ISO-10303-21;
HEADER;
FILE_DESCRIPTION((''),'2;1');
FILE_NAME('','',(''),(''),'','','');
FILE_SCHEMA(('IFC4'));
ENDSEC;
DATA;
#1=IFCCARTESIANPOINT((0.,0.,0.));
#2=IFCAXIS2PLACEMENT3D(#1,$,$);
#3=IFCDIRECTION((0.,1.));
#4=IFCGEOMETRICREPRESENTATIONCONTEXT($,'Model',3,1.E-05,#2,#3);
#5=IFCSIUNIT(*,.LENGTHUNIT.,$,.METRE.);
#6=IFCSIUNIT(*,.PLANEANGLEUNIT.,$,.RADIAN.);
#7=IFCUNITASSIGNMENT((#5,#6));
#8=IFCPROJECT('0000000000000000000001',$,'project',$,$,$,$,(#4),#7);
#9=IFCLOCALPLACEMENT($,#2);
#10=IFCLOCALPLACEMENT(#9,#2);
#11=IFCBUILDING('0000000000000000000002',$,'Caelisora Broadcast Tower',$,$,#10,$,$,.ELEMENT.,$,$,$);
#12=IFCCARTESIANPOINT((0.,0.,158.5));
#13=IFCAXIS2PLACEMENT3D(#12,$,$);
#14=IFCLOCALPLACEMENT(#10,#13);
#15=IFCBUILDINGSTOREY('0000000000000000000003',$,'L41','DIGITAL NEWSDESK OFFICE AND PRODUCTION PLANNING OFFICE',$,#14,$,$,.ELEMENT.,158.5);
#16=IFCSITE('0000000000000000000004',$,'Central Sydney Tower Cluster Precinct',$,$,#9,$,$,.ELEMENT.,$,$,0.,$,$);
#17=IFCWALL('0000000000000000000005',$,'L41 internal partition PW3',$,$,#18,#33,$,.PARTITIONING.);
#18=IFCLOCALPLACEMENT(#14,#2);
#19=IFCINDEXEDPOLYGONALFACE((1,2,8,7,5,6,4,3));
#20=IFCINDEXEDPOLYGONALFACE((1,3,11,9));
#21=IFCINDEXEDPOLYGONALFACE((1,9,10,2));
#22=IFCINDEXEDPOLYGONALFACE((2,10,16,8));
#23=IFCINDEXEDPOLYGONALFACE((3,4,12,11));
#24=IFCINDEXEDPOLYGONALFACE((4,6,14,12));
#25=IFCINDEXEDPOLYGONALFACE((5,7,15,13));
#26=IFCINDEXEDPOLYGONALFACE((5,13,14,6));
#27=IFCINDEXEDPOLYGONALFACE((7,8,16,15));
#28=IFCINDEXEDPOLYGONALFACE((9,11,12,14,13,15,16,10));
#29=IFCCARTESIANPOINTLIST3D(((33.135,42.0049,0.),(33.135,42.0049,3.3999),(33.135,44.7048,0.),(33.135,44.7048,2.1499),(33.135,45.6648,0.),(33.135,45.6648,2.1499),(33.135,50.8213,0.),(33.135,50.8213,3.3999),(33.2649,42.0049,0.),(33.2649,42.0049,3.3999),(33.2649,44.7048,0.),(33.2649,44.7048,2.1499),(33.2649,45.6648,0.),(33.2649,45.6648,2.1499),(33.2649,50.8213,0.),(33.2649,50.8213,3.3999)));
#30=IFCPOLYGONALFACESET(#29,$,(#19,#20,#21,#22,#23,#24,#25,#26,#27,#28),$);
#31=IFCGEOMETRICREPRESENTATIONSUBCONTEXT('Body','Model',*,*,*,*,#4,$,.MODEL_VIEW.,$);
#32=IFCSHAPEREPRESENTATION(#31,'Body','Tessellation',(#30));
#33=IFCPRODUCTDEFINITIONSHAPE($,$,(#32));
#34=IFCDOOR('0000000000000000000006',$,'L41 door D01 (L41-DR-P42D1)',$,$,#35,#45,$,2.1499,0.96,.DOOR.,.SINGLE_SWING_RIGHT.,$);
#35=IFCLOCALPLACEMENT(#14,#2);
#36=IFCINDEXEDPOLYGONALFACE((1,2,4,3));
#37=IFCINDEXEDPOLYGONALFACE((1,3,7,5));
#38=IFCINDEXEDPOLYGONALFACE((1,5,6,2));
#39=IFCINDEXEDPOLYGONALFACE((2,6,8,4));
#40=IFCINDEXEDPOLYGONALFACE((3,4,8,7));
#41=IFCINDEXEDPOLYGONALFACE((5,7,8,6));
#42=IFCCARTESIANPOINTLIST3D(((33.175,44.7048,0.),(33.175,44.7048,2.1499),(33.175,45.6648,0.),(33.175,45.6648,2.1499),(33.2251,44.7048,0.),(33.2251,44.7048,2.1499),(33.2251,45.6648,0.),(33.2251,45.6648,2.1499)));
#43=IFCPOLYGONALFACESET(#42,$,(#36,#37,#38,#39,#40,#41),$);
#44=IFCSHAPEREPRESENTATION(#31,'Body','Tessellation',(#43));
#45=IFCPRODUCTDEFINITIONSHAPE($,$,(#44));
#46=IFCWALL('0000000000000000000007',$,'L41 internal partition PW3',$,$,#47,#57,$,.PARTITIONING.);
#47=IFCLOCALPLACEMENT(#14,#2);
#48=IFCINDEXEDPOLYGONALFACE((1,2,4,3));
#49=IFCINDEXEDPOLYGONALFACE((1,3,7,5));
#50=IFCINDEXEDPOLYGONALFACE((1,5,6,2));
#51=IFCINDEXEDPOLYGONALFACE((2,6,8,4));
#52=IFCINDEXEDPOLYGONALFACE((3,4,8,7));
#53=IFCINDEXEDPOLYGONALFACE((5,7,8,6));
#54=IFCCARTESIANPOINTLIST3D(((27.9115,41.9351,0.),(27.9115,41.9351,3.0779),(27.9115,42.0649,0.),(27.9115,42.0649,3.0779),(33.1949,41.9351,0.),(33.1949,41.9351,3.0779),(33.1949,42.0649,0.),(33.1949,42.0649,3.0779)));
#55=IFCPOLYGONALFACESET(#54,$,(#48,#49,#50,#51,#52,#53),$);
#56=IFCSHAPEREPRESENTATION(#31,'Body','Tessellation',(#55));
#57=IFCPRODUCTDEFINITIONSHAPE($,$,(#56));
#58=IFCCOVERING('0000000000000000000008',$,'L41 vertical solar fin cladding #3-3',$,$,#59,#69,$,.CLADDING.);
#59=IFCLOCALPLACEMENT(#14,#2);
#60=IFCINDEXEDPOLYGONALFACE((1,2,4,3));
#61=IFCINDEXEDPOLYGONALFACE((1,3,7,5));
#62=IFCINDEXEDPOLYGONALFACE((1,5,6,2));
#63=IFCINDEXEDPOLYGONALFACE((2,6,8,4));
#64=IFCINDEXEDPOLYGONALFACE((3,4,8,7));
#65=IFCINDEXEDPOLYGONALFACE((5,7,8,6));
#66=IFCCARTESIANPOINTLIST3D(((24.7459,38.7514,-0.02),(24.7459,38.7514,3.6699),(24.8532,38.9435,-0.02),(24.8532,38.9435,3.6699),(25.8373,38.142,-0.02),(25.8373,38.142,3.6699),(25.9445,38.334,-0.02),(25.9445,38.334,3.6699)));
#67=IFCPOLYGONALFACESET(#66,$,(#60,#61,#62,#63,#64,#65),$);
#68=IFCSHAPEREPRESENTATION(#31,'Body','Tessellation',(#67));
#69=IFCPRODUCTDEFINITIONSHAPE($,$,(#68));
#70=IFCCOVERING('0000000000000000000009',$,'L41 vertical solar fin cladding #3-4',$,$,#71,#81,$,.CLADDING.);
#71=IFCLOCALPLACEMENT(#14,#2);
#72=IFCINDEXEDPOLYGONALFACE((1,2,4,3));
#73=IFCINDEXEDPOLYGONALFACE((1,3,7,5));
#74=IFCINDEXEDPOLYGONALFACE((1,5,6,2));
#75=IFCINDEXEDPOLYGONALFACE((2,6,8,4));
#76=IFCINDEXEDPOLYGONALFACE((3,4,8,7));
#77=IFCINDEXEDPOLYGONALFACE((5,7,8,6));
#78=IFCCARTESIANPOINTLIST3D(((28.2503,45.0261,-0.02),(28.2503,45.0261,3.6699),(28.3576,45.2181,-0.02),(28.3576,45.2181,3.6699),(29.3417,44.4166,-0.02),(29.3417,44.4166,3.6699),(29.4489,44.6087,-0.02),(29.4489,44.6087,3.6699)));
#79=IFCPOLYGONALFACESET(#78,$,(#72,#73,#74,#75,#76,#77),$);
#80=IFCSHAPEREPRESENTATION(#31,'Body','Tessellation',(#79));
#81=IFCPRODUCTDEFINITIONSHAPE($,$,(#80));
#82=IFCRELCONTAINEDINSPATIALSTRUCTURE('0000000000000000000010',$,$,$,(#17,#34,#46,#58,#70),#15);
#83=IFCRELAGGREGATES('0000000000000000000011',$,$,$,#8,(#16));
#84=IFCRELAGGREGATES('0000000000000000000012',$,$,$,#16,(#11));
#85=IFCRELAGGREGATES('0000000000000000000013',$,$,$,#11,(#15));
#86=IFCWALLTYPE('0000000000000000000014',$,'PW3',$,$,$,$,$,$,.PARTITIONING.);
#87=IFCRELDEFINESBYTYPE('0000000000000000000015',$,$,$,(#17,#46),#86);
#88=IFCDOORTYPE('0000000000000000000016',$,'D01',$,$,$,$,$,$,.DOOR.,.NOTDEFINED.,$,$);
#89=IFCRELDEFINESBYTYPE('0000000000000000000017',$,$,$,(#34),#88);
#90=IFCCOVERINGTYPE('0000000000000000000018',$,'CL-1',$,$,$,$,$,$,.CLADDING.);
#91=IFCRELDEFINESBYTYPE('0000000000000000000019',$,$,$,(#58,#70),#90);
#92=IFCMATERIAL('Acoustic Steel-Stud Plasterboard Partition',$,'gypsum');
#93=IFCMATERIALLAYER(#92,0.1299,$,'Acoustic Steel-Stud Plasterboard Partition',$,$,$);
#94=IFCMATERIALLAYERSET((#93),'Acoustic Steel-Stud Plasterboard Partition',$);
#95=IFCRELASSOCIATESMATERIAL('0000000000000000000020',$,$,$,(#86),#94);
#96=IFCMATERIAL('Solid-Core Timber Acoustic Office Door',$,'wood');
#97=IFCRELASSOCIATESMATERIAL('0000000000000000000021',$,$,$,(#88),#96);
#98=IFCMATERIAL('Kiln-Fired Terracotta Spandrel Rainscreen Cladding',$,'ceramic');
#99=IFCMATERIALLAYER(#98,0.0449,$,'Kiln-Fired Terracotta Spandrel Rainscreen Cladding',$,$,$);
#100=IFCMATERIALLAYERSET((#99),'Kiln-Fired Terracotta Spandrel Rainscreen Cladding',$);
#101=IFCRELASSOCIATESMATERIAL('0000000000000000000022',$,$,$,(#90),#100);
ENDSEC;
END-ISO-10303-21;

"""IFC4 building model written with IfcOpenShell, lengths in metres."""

from ifc_helpers import new_model, si_unit, direction, frame, frame_2d, origin, origin_2d, place, context, subcontext, project, spatial, rectangle, extrude, source, transform, mapped, material, layer, layer_set, type_object, type_shapes, element, fill, save


model = new_model("IFC4")

# Units and contexts
model_context = context("Model", 3, precision=1e-05, world=origin(), true_north=direction((0.0, 1.0)))
body_context = subcontext(model_context, "Body", "Model", "MODEL_VIEW")
ifc_project = project(units=[si_unit("LENGTHUNIT", "METRE"), si_unit("PLANEANGLEUNIT", "RADIAN")], contexts=[model_context])

# Site, building, storey
site_placement = place(None, origin())
site = spatial("IfcSite", under=ifc_project, at=site_placement, Name="Central Sydney Tower Cluster Precinct", CompositionType="ELEMENT", RefElevation=0.0)
building_placement = place(site_placement, origin())
building = spatial("IfcBuilding", under=site, at=building_placement, Name="Caelisora Broadcast Tower", CompositionType="ELEMENT")
storey_placement = place(building_placement, frame((0.0, 0.0, 158.5)))
storey = spatial("IfcBuildingStorey", under=building, at=storey_placement, Name="L41", Description="DIGITAL NEWSDESK OFFICE AND PRODUCTION PLANNING OFFICE", CompositionType="ELEMENT", Elevation=158.5)

# Wall, opening, door
ifc_material_1 = material(Name="Acoustic Steel-Stud Plasterboard Partition", Category="gypsum")
ifc_layer_1 = layer(ifc_material_1, 0.1299, Name="Acoustic Steel-Stud Plasterboard Partition")
ifc_layer_set_1 = layer_set([ifc_layer_1], Name="Acoustic Steel-Stud Plasterboard Partition")
wall_type_1 = type_object("IfcWallType", Name="PW3", PredefinedType="PARTITIONING", material=ifc_layer_set_1)
ifc_material_2 = material(Name="Solid-Core Timber Acoustic Office Door", Category="wood")
door_type = type_object("IfcDoorType", Name="D01", OperationType="NOTDEFINED", PredefinedType="DOOR", material=ifc_material_2)
wall_1_placement = place(storey_placement, frame((33.2, 42.0049, 0.0), z_axis=(0.0, 0.0, 1.0), x_axis=(0.0, 1.0, 0.0)))
wall_1 = element("IfcWall", 1, at=wall_1_placement, inside=storey, type_object=wall_type_1, Name="L41 internal partition PW3", PredefinedType="PARTITIONING", context=body_context, shape_type="SweptSolid", body=[
    extrude(rectangle(XDim=8.8164, YDim=0.1299, at=frame_2d((4.4082, 0.0))), origin(), (0.0, 0.0, 1.0), 3.3999),
])
opening_1_placement = place(wall_1_placement, frame((2.7, 0.0, 0.0)))
opening_1 = element("IfcOpeningElement", 2, at=opening_1_placement, cuts=wall_1, PredefinedType="OPENING", context=body_context, shape_type="SweptSolid", body=[
    extrude(rectangle(XDim=0.96, YDim=2.1499, at=frame_2d((0.48, 1.075))), frame((0.0, 0.0769, 0.0), z_axis=(0.0, -1.0, 0.0), x_axis=(1.0, 0.0, 0.0)), (0.0, 0.0, 1.0), 0.1538),
])
door_1_placement = place(opening_1_placement, origin())
door_1 = element("IfcDoor", 3, at=door_1_placement, inside=storey, type_object=door_type, Name="L41 door D01 (L41-DR-P42D1)", OperationType="SINGLE_SWING_RIGHT", OverallHeight=2.1499, OverallWidth=0.96, PredefinedType="DOOR", context=body_context, shape_type="SweptSolid", body=[
    extrude(rectangle(XDim=0.96, YDim=2.1499, at=frame_2d((0.48, 1.075))), frame((0.0, 0.0249, 0.0), z_axis=(0.0, -1.0, 0.0), x_axis=(1.0, 0.0, 0.0)), (0.0, 0.0, 1.0), 0.05),
])
fill(opening_1, door_1)

# Wall
wall_2_placement = place(storey_placement, frame((27.9116, 42.0, 0.0), z_axis=(0.0, 0.0, 1.0), x_axis=(1.0, 0.0, 0.0)))
element("IfcWall", 4, at=wall_2_placement, inside=storey, type_object=wall_type_1, Name="L41 internal partition PW3", PredefinedType="PARTITIONING", context=body_context, shape_type="SweptSolid", body=[
    extrude(rectangle(XDim=5.2834, YDim=0.1299, at=frame_2d((2.6416, 0.0))), origin(), (0.0, 0.0, 1.0), 3.0779),
])

# Coverings
ifc_material_3 = material(Name="Kiln-Fired Terracotta Spandrel Rainscreen Cladding", Category="ceramic")
ifc_layer_2 = layer(ifc_material_3, 0.0449, Name="Kiln-Fired Terracotta Spandrel Rainscreen Cladding")
ifc_layer_set_2 = layer_set([ifc_layer_2], Name="Kiln-Fired Terracotta Spandrel Rainscreen Cladding")
covering_type = type_object("IfcCoveringType", Name="CL-1", PredefinedType="CLADDING", material=ifc_layer_set_2)
shared_shape_1 = source(origin(), body_context, "Body", "SweptSolid", [
    extrude(rectangle(XDim=0.22, YDim=1.25, at=origin_2d()), origin(), (0.0, 0.0, 1.0), 3.6899),
])
type_shapes(covering_type, [shared_shape_1])
for number, where, z_axis, x_axis, name in (
    (5, (25.3452, 38.5427, -0.02), (0.0, 0.0, 1.0), (0.487555, 0.873092, 0.0), "L41 vertical solar fin cladding #3-3"),
    (6, (28.8496, 44.8174, -0.02), (0.0, 0.0, 1.0), (0.487555, 0.873092, 0.0), "L41 vertical solar fin cladding #3-4"),
):
    element("IfcCovering", number, at=place(storey_placement, frame(where, z_axis=z_axis, x_axis=x_axis)), inside=storey, type_object=covering_type, Name=name, PredefinedType="CLADDING", context=body_context, shape_type="MappedRepresentation", body=[
        mapped(shared_shape_1, transform((0.0, 0.0, 0.0), scale=1.0)),
    ])

save(model, "model.ifc")
